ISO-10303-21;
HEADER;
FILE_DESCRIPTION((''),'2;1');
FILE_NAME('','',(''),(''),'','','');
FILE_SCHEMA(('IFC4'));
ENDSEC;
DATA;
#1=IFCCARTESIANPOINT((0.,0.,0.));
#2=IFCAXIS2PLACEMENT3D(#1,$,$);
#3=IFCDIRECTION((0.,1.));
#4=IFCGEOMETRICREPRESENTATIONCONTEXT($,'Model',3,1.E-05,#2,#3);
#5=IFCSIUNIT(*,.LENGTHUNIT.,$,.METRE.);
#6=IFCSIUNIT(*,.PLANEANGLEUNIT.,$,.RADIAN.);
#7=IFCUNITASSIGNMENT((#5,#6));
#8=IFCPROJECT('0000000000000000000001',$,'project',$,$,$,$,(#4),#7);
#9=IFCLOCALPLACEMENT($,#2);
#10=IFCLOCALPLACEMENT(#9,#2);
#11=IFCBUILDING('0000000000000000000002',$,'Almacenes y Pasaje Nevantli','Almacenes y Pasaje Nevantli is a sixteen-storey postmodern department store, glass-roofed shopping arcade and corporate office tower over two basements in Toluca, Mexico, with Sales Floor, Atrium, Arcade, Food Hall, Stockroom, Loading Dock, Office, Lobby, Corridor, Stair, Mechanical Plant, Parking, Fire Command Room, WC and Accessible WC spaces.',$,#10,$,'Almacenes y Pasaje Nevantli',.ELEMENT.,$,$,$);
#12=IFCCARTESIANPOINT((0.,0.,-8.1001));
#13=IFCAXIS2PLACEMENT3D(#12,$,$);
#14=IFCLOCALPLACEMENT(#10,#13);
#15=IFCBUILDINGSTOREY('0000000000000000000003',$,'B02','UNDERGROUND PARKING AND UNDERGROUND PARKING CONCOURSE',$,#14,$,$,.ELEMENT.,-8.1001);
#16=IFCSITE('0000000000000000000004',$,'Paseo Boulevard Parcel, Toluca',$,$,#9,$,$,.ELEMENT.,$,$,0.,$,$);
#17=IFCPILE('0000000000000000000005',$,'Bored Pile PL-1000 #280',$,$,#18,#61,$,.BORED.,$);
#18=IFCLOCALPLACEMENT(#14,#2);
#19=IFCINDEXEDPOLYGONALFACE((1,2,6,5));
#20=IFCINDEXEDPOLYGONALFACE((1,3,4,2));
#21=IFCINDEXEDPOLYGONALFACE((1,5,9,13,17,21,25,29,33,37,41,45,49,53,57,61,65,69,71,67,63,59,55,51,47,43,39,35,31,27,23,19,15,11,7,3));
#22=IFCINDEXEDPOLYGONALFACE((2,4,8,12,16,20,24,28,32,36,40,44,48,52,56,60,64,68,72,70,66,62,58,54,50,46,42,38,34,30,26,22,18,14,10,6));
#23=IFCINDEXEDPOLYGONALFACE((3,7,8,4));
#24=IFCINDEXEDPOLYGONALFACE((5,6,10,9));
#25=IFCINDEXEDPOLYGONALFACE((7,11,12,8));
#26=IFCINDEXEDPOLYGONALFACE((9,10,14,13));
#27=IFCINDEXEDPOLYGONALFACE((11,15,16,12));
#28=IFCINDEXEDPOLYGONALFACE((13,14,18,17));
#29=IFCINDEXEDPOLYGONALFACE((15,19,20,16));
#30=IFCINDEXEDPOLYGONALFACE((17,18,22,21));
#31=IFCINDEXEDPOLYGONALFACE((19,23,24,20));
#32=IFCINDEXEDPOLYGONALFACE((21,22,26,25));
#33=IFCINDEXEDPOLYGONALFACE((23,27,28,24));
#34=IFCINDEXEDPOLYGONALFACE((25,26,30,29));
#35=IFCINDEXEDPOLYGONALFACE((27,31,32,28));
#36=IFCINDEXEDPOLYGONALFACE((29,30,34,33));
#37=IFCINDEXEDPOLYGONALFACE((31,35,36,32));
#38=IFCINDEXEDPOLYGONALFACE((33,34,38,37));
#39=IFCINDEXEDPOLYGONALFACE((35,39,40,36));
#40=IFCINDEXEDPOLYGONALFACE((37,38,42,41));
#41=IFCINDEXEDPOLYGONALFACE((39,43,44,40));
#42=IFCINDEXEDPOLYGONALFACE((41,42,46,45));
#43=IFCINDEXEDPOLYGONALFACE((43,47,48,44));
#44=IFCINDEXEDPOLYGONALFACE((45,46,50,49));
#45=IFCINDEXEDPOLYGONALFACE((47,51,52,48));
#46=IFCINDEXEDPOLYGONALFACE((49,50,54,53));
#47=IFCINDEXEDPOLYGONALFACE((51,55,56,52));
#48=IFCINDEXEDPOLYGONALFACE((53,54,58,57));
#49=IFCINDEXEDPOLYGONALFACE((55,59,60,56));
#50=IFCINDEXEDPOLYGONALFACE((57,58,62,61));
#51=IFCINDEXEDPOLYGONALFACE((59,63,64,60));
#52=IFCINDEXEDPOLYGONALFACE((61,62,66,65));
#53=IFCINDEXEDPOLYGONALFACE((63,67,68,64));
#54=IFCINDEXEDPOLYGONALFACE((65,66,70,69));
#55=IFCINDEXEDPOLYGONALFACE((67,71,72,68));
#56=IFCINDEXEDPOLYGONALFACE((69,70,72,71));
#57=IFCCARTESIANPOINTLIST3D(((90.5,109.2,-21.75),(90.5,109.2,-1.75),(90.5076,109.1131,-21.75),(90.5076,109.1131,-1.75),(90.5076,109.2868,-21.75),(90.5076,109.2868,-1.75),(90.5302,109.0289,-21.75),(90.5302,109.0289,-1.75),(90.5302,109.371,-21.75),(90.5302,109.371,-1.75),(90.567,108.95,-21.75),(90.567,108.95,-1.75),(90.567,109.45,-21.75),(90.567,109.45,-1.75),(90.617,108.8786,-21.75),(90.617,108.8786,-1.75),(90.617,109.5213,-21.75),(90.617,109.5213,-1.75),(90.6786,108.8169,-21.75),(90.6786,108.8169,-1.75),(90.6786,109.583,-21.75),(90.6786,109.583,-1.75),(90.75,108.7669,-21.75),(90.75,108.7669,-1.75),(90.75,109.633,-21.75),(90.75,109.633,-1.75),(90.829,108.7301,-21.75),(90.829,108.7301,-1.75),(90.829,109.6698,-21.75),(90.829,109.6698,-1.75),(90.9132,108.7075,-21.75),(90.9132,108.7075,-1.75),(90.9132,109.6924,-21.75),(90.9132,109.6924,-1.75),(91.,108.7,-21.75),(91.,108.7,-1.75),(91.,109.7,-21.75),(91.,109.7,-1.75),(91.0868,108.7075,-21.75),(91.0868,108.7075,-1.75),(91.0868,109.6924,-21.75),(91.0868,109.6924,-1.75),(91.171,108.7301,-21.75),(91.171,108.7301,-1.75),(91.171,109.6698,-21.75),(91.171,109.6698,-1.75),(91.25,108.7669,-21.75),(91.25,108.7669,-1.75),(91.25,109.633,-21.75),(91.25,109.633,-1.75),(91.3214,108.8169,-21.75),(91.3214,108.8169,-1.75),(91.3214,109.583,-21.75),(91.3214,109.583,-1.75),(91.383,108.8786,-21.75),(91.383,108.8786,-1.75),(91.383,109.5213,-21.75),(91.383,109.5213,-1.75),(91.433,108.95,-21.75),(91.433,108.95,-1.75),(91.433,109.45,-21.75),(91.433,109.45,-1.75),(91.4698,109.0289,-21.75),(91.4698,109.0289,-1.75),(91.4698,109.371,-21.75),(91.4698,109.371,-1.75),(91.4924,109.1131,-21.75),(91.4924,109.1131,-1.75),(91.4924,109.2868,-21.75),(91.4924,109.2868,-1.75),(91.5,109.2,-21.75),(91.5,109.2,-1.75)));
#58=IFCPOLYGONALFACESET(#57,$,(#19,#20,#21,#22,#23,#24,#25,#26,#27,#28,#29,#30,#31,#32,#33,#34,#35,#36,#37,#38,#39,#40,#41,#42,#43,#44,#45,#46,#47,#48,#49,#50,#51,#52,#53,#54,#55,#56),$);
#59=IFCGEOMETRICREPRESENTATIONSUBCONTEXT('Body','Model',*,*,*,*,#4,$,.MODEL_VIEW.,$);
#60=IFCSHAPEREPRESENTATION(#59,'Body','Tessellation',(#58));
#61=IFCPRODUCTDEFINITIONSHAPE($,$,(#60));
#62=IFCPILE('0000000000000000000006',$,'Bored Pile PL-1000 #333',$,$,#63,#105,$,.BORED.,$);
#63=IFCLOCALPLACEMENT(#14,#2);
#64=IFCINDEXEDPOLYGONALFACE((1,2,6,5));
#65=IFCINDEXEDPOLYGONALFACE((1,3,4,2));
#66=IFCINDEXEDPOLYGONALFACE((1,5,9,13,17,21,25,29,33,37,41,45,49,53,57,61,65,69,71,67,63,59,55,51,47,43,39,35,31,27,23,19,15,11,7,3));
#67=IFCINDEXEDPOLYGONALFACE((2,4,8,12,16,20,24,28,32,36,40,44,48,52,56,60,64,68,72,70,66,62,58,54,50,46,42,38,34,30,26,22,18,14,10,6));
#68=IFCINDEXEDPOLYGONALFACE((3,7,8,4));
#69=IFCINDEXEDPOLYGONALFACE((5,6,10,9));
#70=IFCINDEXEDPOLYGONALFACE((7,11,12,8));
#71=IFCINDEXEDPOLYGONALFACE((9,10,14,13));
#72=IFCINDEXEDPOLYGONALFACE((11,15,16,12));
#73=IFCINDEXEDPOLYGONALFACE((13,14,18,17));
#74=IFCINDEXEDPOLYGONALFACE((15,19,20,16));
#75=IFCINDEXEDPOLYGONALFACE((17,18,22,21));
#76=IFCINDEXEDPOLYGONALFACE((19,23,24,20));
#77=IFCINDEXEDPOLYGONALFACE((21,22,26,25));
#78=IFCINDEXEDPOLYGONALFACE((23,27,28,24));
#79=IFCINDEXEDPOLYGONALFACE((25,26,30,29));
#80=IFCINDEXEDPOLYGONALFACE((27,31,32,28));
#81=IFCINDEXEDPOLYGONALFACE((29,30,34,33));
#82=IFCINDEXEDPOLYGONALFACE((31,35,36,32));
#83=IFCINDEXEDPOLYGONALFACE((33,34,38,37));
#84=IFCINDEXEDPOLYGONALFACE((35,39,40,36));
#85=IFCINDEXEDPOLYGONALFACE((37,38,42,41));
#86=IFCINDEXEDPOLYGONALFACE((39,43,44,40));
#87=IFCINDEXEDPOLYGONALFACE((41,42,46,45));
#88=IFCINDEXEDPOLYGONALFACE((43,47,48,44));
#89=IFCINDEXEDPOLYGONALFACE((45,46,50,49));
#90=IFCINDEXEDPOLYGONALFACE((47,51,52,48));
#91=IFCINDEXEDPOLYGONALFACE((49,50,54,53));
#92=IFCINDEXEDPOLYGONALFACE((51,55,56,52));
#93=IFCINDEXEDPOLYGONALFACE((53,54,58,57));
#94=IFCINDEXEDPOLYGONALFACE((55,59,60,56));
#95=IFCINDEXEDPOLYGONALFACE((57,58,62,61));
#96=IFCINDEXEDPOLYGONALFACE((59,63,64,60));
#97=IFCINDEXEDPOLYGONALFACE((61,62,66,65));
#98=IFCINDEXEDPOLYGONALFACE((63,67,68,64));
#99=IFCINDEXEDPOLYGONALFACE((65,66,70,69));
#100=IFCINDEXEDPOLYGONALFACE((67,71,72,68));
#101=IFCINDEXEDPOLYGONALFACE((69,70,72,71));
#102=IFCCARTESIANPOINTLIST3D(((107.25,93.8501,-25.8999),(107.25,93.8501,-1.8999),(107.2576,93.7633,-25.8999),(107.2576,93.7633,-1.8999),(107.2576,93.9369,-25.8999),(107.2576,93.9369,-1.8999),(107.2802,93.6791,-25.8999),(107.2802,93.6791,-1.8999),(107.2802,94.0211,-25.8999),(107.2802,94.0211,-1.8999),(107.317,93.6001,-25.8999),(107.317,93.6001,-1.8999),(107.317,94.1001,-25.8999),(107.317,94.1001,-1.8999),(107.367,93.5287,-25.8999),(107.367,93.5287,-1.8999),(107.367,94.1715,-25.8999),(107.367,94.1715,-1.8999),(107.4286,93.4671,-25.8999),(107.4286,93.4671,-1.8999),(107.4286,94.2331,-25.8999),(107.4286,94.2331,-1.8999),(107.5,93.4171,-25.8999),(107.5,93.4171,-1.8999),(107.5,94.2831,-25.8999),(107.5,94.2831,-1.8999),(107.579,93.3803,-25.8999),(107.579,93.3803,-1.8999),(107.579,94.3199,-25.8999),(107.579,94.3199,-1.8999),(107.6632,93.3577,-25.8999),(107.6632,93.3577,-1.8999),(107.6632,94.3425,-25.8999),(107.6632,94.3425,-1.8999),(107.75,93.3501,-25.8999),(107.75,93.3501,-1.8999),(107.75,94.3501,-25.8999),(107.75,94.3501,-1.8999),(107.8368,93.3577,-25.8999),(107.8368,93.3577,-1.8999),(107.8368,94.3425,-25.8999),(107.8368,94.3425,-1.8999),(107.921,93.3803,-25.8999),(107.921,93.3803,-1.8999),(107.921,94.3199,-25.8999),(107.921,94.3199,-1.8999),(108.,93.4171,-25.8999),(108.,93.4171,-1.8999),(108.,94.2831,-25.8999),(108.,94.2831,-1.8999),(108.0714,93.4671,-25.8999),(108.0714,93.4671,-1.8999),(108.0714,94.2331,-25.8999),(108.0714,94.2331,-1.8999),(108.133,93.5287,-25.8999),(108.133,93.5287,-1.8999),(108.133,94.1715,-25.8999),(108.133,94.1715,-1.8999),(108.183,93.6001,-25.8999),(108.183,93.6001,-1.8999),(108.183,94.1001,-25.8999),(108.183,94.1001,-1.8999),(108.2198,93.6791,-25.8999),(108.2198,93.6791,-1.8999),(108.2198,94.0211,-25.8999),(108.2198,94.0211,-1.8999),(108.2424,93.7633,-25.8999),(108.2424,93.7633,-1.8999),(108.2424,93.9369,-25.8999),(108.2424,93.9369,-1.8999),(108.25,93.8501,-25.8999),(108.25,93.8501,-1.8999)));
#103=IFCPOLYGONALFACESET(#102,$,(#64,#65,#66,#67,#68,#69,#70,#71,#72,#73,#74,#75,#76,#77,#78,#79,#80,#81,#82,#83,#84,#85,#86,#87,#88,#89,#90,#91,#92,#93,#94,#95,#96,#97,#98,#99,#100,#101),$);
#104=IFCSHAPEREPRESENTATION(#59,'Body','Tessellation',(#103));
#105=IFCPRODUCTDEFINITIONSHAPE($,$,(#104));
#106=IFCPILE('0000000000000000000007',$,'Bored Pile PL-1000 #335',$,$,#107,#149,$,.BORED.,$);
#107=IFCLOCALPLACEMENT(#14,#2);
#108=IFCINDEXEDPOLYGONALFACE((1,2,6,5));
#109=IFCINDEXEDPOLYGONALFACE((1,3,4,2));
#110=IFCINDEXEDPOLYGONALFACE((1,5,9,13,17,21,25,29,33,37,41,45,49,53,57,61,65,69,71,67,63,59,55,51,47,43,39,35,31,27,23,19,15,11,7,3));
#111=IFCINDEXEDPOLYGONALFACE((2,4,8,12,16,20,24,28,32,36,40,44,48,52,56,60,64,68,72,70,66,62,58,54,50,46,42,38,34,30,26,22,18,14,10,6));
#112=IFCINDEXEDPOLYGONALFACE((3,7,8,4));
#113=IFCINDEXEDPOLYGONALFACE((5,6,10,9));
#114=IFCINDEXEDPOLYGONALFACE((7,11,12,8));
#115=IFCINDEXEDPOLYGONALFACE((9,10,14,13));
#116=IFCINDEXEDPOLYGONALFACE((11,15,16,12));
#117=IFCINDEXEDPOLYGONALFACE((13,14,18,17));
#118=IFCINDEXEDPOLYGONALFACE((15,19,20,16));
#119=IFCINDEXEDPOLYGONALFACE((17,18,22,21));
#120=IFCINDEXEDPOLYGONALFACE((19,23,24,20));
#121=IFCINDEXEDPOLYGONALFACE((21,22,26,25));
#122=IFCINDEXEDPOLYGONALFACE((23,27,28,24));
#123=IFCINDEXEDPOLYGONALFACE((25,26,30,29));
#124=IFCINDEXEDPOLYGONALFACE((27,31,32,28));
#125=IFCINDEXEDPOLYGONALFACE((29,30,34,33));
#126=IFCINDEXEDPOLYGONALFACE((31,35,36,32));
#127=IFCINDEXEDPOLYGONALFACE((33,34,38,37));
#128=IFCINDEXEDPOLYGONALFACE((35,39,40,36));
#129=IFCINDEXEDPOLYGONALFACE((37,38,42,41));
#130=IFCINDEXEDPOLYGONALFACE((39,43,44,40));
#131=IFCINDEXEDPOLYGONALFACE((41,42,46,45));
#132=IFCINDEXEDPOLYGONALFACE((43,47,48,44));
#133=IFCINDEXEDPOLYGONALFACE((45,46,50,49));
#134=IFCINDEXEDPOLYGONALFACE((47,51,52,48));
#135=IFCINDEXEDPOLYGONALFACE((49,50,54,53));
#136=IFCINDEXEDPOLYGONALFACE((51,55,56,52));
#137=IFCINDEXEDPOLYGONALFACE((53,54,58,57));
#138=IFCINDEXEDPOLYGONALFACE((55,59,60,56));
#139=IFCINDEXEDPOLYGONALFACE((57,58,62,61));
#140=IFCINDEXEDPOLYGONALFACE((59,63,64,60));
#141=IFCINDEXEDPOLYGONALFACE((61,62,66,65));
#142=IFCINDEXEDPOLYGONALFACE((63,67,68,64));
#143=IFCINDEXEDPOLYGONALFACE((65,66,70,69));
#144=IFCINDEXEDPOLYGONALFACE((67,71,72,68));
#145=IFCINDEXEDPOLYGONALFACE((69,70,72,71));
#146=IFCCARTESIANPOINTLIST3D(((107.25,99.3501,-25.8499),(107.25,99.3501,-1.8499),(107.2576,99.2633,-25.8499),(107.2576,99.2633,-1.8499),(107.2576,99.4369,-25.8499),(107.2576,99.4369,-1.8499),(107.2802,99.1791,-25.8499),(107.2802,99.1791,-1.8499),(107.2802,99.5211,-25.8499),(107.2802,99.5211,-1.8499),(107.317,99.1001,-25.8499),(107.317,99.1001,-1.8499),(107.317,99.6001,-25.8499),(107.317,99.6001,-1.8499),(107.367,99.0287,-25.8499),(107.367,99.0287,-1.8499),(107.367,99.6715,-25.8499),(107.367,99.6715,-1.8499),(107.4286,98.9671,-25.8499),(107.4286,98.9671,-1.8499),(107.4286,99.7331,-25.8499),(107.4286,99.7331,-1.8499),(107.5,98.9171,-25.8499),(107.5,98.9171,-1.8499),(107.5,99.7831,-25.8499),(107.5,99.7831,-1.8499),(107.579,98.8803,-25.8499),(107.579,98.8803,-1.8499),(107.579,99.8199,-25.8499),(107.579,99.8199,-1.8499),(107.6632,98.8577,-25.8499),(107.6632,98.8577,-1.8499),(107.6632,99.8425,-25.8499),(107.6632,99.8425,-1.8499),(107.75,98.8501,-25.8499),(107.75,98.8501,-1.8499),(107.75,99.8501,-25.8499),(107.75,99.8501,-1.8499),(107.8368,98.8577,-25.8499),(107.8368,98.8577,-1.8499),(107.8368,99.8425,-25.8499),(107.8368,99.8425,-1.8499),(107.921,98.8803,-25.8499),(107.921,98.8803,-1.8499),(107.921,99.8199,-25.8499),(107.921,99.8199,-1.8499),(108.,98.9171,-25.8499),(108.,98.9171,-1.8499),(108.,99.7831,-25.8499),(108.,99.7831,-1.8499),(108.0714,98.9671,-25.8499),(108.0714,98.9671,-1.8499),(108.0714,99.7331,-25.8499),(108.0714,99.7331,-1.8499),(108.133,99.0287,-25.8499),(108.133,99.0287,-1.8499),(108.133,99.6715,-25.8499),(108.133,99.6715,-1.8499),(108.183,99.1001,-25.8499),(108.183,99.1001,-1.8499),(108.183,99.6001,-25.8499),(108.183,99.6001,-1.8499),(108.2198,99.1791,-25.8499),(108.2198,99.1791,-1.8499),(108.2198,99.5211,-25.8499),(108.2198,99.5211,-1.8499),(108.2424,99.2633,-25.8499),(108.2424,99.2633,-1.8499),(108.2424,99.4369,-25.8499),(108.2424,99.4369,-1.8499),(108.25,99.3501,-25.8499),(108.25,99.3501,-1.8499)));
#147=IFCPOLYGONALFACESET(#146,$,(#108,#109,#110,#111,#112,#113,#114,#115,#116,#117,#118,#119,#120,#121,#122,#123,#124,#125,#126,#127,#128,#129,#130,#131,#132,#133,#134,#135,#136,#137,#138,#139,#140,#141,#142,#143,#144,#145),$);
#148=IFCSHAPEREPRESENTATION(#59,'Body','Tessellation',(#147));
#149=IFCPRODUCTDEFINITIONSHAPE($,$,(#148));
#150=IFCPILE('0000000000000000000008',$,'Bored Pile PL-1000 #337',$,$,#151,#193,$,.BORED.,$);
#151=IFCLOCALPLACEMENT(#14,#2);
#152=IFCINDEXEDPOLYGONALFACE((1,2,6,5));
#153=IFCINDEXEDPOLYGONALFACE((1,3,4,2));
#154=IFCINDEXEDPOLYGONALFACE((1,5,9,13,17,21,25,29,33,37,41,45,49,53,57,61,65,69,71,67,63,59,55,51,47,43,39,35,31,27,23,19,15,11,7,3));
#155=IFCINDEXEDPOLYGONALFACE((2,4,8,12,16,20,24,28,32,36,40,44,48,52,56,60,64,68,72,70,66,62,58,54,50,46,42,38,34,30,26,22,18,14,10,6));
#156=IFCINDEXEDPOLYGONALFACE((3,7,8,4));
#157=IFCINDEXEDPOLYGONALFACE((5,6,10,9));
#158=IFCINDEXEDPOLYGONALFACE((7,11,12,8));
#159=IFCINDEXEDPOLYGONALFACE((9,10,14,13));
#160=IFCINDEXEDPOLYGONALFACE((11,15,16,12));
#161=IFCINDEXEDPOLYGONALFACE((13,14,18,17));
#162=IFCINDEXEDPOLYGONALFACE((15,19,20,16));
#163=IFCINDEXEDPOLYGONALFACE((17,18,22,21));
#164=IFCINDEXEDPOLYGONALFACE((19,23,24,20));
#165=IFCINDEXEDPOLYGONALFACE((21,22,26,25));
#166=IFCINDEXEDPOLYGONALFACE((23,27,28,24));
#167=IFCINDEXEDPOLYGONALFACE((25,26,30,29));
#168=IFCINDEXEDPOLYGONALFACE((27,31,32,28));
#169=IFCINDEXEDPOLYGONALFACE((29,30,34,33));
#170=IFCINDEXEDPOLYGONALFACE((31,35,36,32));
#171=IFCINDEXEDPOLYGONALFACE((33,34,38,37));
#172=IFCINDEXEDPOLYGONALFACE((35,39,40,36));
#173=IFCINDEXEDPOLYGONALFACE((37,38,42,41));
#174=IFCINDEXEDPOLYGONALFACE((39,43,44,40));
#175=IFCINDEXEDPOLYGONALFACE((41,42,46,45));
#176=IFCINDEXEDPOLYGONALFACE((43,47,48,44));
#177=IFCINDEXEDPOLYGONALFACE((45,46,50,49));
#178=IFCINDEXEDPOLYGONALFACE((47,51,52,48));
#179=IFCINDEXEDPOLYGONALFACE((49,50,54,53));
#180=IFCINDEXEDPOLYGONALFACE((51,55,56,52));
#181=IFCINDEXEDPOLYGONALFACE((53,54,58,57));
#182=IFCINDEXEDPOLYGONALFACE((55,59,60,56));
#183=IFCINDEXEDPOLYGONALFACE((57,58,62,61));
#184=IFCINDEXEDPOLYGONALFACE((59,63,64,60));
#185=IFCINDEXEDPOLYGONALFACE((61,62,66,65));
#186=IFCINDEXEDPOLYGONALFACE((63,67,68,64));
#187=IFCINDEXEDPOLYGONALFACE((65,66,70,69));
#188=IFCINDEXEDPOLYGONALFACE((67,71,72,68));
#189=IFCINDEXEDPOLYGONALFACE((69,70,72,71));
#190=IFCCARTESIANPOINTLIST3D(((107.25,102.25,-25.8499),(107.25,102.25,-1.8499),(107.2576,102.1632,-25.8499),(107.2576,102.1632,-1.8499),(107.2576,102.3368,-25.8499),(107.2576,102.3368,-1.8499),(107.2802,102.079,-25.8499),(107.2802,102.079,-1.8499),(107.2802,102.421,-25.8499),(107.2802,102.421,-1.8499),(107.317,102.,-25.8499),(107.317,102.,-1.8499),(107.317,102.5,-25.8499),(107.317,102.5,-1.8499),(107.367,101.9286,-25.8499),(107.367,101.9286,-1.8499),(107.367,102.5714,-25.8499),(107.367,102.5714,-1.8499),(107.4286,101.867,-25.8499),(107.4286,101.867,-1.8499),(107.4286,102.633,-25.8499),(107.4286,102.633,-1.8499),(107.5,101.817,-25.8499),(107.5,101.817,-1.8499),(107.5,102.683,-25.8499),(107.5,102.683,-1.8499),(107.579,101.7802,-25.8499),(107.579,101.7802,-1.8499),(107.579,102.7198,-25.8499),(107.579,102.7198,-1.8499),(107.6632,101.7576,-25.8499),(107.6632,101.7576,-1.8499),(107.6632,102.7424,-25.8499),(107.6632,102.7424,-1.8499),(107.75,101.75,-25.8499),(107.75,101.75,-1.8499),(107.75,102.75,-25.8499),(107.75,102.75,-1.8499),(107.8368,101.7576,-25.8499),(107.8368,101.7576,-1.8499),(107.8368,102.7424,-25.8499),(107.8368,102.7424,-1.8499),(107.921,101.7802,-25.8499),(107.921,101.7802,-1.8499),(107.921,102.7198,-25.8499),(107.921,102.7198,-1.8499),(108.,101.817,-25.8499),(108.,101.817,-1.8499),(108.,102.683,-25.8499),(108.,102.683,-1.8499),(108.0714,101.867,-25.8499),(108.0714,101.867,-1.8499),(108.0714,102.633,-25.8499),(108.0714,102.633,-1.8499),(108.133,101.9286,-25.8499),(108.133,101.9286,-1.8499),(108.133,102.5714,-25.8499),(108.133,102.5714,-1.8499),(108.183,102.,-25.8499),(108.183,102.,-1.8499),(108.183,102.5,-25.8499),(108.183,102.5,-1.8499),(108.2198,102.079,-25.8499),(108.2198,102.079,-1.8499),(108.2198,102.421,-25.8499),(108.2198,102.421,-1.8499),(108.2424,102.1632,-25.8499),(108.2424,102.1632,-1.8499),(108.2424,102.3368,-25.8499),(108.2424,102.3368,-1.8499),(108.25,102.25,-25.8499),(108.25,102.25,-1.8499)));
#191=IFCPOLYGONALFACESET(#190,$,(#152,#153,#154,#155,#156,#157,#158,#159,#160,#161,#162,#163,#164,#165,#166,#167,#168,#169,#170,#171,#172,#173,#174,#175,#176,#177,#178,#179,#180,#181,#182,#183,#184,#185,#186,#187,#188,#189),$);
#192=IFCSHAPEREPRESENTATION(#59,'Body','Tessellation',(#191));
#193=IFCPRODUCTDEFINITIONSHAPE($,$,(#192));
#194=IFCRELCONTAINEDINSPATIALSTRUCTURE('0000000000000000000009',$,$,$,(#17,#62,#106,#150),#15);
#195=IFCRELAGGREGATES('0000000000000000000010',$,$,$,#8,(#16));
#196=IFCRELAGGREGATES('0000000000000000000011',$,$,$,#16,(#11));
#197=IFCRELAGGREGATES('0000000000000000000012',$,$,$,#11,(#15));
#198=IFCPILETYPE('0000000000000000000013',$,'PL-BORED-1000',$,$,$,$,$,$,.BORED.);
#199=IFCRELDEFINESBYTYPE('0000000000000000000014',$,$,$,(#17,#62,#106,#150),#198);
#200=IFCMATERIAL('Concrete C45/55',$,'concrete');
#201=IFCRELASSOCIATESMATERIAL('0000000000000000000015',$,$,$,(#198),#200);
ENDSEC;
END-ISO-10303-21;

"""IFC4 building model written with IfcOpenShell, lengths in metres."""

from ifc_helpers import new_model, si_unit, direction, frame, origin, origin_2d, place, context, subcontext, project, spatial, circle, extrude, material, material_profile, profile_set, type_object, element, save


model = new_model("IFC4")

# Units and contexts
model_context = context("Model", 3, precision=1e-05, world=origin(), true_north=direction((0.0, 1.0)))
body_context = subcontext(model_context, "Body", "Model", "MODEL_VIEW")
ifc_project = project(units=[si_unit("LENGTHUNIT", "METRE"), si_unit("PLANEANGLEUNIT", "RADIAN")], contexts=[model_context])

# Site, building, storey
site_placement = place(None, origin())
site = spatial("IfcSite", under=ifc_project, at=site_placement, Name="Paseo Boulevard Parcel, Toluca", CompositionType="ELEMENT", RefElevation=0.0)
building_placement = place(site_placement, origin())
building = spatial("IfcBuilding", under=site, at=building_placement, Name="Almacenes y Pasaje Nevantli", Description="Almacenes y Pasaje Nevantli is a sixteen-storey postmodern department store, glass-roofed shopping arcade and corporate office tower over two basements in Toluca, Mexico, with Sales Floor, Atrium, Arcade, Food Hall, Stockroom, Loading Dock, Office, Lobby, Corridor, Stair, Mechanical Plant, Parking, Fire Command Room, WC and Accessible WC spaces.", LongName="Almacenes y Pasaje Nevantli", CompositionType="ELEMENT")
storey_placement = place(building_placement, frame((0.0, 0.0, -8.1001)))
storey = spatial("IfcBuildingStorey", under=building, at=storey_placement, Name="B02", Description="UNDERGROUND PARKING AND UNDERGROUND PARKING CONCOURSE", CompositionType="ELEMENT", Elevation=-8.1001)

# Piles
ifc_material_1 = material(Name="Concrete C45/55", Category="concrete")
ifc_material_profile_1 = material_profile(ifc_material_1, circle(Radius=0.5, at=origin_2d()), Name="RC-PILE-D1000")
ifc_profile_set_1 = profile_set([ifc_material_profile_1], Name="Concrete C45/55")
pile_type_1 = type_object("IfcPileType", Name="PL-BORED-1000", PredefinedType="BORED", material=ifc_profile_set_1)
for number, where, z_axis, x_axis, name in (
    (1, (91.0, 109.2, -1.75), (0.0, 0.0, -1.0), (1.0, 0.0, 0.0), "Bored Pile PL-1000 #280"),
):
    element("IfcPile", number, at=place(storey_placement, frame(where, z_axis=z_axis, x_axis=x_axis)), inside=storey, type_object=pile_type_1, Name=name, PredefinedType="BORED", context=body_context, shape_type="SweptSolid", body=[
        extrude(circle(Radius=0.5, at=origin_2d()), origin(), (0.0, 0.0, 1.0), 20.0),
    ])
for number, where, z_axis, x_axis, name in (
    (2, (107.75, 93.8501, -1.8999), (0.0, 0.0, -1.0), (1.0, 0.0, 0.0), "Bored Pile PL-1000 #333"),
    (3, (107.75, 99.3501, -1.8499), (0.0, 0.0, -1.0), (1.0, 0.0, 0.0), "Bored Pile PL-1000 #335"),
    (4, (107.75, 102.25, -1.8499), (0.0, 0.0, -1.0), (1.0, 0.0, 0.0), "Bored Pile PL-1000 #337"),
):
    element("IfcPile", number, at=place(storey_placement, frame(where, z_axis=z_axis, x_axis=x_axis)), inside=storey, type_object=pile_type_1, Name=name, PredefinedType="BORED", context=body_context, shape_type="SweptSolid", body=[
        extrude(circle(Radius=0.5, at=origin_2d()), origin(), (0.0, 0.0, 1.0), 24.0),
    ])

save(model, "model.ifc")
